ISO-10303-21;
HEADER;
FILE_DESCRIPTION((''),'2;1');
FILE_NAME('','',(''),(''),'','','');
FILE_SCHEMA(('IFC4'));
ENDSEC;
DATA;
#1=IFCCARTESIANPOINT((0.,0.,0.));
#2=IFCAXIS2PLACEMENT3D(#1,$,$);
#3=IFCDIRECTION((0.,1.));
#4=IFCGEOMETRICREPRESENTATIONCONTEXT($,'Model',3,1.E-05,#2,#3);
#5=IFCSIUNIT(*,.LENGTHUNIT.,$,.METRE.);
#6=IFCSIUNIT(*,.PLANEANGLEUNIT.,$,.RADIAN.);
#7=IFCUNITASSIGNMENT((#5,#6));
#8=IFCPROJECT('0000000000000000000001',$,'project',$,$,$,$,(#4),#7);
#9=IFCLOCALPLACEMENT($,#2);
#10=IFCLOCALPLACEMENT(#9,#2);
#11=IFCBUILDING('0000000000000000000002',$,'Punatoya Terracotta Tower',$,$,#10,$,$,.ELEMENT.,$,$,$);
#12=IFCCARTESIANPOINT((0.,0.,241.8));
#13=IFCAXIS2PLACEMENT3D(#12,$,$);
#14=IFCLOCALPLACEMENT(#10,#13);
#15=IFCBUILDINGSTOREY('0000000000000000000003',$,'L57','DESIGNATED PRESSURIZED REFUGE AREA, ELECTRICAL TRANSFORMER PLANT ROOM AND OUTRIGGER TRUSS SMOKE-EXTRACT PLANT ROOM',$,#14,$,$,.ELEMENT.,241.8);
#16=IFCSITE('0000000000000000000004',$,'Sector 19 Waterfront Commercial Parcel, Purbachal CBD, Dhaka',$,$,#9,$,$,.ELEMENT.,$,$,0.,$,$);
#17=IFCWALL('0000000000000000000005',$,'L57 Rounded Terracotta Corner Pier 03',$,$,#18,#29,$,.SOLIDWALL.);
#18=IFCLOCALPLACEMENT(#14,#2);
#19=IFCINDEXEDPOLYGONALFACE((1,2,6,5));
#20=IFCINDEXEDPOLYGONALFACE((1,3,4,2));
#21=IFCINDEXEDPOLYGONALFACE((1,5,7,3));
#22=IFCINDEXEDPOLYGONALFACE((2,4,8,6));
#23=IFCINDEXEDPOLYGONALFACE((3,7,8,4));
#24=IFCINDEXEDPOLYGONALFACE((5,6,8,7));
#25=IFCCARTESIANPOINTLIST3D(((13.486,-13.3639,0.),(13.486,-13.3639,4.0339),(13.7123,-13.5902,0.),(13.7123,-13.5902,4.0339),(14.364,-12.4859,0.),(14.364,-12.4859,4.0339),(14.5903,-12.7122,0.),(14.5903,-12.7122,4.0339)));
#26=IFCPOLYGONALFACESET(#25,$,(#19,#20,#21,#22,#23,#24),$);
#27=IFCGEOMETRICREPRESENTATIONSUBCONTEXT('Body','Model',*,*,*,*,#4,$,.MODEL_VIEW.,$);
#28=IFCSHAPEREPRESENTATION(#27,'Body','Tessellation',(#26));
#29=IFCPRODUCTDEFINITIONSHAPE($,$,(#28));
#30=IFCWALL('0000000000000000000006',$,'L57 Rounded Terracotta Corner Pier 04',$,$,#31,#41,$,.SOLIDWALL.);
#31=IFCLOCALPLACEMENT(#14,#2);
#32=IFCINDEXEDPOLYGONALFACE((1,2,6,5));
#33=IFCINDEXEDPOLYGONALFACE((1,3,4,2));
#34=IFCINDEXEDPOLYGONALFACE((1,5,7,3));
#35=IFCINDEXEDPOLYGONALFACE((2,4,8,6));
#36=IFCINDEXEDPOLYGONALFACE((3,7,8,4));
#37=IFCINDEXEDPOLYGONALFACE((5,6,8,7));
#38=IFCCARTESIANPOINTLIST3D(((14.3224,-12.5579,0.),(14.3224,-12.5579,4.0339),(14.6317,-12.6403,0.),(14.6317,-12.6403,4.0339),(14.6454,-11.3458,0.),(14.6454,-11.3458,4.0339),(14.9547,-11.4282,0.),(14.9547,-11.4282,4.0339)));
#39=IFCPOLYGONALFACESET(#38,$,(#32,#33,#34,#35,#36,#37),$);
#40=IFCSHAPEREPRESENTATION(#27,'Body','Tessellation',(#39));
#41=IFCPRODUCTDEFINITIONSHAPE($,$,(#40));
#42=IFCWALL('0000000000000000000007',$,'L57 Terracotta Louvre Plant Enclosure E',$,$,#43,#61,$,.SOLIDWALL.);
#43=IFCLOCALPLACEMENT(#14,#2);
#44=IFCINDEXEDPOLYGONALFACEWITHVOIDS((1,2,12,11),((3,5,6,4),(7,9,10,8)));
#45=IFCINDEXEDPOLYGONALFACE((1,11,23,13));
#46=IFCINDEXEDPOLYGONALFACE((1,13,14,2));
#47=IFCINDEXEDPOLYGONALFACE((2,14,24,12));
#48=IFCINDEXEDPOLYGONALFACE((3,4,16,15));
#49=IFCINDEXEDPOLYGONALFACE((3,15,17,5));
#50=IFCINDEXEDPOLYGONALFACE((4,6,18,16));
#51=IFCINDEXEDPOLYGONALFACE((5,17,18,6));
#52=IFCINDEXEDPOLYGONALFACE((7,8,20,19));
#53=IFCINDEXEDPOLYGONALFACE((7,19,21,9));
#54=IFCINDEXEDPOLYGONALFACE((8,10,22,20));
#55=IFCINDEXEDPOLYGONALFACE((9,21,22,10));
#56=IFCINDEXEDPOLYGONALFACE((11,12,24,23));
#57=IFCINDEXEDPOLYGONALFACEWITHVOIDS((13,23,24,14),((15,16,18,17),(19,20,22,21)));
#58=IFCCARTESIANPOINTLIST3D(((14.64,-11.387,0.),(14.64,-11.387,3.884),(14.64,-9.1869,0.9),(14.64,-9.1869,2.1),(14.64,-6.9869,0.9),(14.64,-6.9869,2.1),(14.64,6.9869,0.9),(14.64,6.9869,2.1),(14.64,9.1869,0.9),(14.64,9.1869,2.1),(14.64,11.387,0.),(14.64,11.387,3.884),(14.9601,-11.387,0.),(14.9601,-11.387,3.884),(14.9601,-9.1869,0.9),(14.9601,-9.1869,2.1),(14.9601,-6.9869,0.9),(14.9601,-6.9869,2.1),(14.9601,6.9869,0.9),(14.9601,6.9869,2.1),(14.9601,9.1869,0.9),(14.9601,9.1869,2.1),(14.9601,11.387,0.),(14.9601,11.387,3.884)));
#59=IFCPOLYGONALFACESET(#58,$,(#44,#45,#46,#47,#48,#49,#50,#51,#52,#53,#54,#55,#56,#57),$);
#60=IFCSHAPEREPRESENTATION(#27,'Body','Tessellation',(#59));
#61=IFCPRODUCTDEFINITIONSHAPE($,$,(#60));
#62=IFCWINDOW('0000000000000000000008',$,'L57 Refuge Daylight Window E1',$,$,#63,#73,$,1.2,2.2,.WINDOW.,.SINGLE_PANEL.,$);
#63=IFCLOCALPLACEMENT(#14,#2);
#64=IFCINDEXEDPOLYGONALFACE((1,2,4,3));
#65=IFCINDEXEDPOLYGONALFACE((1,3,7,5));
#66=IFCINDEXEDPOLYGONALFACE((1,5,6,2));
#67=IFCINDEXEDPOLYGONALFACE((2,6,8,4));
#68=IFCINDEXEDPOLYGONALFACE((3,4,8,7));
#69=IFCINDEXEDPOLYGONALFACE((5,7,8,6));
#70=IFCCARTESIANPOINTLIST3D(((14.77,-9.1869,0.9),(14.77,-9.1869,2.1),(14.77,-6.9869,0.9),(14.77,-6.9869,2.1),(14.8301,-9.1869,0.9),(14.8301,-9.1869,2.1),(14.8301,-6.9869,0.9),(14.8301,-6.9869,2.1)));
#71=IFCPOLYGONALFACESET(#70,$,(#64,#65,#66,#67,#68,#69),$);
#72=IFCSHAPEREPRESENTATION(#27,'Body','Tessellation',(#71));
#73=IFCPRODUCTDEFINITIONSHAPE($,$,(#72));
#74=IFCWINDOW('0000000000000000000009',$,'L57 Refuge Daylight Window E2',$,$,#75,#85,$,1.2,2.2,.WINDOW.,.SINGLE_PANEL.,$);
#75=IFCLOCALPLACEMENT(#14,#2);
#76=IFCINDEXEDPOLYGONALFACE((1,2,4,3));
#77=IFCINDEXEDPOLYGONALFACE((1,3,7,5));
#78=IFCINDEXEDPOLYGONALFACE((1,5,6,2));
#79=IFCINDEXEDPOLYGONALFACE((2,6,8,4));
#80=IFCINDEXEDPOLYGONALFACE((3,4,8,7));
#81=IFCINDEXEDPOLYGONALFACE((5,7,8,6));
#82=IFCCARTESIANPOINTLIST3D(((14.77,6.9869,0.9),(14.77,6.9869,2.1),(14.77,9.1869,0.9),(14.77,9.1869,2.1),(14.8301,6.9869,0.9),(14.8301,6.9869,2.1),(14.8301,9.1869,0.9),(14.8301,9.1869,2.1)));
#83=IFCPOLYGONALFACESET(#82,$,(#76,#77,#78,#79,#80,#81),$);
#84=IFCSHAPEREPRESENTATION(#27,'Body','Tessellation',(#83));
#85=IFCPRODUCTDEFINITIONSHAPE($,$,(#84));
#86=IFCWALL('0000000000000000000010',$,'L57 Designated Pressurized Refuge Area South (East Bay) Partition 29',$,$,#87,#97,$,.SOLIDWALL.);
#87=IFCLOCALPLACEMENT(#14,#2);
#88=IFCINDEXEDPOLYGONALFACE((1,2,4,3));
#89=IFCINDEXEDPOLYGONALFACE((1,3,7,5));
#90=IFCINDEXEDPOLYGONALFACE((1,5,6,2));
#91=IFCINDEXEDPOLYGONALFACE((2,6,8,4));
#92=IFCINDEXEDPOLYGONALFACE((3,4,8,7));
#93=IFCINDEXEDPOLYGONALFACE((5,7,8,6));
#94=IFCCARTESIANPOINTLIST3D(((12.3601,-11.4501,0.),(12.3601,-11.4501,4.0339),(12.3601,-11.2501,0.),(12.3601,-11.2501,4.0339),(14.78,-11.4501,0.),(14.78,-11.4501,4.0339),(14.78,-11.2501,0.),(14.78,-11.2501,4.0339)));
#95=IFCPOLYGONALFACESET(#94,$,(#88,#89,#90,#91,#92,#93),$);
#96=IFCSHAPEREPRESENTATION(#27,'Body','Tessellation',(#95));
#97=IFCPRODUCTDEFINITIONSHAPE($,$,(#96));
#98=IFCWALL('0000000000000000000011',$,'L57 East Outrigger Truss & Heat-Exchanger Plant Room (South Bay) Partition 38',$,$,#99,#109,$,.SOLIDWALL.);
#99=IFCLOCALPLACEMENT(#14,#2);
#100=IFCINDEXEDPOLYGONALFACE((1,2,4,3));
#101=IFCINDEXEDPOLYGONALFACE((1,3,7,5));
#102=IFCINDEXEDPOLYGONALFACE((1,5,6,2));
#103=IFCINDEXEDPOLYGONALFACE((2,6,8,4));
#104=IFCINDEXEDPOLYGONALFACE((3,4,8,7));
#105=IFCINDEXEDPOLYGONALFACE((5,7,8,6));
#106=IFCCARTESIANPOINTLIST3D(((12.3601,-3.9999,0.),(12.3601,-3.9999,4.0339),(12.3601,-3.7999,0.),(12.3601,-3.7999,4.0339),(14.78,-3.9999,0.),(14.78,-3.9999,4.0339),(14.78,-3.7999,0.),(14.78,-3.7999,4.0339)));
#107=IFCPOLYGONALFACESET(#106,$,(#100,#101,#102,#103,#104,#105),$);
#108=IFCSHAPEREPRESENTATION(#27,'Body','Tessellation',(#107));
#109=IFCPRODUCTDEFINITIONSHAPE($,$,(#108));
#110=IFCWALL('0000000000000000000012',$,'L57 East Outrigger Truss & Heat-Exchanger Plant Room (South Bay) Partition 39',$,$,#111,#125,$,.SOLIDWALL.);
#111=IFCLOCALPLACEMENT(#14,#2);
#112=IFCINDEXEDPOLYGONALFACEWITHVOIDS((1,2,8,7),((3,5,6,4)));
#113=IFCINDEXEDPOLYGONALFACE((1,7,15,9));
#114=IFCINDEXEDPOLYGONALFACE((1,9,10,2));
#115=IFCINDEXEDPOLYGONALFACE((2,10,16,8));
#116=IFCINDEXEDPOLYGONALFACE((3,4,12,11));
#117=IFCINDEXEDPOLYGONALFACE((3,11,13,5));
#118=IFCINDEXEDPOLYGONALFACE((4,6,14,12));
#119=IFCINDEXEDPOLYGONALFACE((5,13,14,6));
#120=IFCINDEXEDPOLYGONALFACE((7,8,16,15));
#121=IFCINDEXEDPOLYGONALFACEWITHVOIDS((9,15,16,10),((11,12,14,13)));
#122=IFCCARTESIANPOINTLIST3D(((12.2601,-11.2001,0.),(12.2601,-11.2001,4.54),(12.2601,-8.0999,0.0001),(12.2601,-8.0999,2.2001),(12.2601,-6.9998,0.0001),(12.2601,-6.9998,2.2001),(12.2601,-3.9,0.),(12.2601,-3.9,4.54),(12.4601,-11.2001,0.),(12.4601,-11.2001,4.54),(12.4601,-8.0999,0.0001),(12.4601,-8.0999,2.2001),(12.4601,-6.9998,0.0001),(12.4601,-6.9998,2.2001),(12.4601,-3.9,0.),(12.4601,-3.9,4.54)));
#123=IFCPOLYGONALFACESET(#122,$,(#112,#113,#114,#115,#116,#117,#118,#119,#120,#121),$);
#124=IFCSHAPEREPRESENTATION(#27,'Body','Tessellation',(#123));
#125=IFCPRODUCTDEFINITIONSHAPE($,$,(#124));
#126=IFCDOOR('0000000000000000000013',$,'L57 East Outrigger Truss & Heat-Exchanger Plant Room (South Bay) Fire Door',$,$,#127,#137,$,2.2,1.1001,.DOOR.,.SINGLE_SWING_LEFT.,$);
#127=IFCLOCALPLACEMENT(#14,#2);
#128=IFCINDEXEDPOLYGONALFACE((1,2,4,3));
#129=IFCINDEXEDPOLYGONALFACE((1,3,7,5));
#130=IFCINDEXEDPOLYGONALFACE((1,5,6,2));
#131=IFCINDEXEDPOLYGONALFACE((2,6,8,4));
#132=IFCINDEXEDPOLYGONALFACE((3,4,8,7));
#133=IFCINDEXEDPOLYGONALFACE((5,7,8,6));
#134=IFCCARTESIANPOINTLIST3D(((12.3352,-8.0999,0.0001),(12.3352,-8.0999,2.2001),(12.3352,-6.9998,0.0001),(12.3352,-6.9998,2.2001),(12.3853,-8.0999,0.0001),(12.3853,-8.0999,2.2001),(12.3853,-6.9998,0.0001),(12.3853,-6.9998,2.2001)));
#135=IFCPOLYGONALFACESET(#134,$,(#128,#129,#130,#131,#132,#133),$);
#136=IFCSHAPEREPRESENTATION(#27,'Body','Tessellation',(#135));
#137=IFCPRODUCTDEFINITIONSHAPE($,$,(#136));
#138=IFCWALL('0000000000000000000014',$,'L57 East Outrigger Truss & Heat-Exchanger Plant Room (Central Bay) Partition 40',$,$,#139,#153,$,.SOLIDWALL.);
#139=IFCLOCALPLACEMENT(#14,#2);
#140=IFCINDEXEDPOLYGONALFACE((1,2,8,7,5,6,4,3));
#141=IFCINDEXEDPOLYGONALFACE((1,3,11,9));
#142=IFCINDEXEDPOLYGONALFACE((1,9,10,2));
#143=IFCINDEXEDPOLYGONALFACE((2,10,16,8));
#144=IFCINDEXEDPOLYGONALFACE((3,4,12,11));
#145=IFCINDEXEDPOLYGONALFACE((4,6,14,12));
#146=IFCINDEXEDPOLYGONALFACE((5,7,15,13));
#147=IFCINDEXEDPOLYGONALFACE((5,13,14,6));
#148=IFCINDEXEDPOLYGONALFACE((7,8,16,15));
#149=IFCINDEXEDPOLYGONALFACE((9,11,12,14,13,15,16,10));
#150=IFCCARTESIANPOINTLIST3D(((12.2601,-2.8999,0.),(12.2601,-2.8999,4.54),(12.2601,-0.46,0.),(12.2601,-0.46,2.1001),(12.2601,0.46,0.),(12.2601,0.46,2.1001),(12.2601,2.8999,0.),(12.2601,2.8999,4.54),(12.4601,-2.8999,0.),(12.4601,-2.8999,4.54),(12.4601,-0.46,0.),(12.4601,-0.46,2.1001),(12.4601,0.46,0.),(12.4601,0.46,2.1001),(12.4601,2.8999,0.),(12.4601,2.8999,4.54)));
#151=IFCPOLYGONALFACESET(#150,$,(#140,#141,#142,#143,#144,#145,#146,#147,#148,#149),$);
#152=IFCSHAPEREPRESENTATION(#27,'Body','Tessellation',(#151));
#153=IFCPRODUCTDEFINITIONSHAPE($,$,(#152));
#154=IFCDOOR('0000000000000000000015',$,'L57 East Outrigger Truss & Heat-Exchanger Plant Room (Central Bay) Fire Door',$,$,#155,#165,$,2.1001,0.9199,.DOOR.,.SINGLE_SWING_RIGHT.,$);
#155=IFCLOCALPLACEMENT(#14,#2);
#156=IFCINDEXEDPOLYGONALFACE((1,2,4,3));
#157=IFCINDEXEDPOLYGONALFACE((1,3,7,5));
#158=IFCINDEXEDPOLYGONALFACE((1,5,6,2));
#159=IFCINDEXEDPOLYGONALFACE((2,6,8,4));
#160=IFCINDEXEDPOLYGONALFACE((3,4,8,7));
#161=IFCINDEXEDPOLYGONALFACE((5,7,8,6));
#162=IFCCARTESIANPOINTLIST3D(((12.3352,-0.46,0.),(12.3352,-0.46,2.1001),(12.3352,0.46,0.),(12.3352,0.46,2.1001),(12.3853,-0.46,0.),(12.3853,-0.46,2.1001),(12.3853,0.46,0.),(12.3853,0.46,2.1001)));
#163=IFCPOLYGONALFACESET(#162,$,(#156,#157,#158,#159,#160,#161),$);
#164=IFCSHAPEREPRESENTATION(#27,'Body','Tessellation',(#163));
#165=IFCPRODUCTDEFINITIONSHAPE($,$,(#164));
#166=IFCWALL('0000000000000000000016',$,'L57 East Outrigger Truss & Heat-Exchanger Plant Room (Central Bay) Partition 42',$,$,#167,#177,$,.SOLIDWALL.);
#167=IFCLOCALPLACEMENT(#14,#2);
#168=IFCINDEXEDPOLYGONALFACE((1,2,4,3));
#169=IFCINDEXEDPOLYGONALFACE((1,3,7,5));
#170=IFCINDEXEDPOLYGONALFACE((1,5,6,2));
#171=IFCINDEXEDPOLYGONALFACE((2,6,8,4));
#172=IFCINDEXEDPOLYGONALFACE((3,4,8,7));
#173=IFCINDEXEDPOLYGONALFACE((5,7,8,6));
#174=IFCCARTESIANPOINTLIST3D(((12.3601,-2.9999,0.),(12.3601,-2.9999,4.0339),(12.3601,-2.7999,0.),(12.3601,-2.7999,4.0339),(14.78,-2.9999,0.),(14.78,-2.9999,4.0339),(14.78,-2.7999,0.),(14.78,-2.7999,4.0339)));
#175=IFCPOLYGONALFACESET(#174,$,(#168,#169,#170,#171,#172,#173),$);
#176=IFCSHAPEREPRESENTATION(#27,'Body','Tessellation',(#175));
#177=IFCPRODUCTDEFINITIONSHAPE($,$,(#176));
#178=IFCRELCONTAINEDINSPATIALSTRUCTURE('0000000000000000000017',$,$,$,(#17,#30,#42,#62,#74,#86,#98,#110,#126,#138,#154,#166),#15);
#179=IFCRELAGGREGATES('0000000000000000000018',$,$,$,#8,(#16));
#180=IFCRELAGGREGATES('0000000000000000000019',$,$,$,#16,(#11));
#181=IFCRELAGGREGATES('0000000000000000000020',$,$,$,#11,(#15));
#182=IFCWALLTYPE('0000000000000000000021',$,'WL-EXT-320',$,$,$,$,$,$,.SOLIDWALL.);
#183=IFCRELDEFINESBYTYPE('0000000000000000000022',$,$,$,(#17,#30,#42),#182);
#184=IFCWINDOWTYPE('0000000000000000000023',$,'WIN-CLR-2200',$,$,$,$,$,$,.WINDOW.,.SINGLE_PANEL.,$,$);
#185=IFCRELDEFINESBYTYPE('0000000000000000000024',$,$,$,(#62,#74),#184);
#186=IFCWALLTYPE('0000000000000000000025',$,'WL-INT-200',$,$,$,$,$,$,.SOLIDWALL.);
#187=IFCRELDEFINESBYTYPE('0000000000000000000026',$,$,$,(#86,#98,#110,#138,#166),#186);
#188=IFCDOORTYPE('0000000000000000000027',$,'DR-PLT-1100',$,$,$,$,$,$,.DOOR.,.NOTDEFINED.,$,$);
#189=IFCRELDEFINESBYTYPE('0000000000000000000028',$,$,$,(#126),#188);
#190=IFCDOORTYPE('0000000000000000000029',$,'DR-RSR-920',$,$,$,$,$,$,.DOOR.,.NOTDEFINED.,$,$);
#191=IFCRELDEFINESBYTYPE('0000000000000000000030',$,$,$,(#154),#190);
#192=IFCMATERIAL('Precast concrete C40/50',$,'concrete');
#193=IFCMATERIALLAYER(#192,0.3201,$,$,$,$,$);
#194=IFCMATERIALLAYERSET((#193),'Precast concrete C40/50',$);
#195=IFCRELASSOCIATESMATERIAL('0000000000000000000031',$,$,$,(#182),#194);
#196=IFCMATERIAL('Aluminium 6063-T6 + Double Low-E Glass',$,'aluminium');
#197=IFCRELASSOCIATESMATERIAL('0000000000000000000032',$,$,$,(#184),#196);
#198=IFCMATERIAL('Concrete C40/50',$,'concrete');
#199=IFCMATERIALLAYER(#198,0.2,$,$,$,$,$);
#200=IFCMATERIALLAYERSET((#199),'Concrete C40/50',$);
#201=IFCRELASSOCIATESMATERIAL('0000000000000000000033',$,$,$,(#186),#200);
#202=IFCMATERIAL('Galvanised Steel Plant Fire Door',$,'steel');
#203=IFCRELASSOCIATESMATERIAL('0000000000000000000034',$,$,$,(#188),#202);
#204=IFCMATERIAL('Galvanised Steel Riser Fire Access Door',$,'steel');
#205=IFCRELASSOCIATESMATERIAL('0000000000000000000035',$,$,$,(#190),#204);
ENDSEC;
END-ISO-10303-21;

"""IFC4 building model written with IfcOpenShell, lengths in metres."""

from ifc_helpers import new_model, si_unit, direction, frame, frame_2d, origin, place, context, subcontext, project, spatial, rectangle, extrude, material, layer, layer_set, type_object, element, fill, save


model = new_model("IFC4")

# Units and contexts
model_context = context("Model", 3, precision=1e-05, world=origin(), true_north=direction((0.0, 1.0)))
body_context = subcontext(model_context, "Body", "Model", "MODEL_VIEW")
ifc_project = project(units=[si_unit("LENGTHUNIT", "METRE"), si_unit("PLANEANGLEUNIT", "RADIAN")], contexts=[model_context])

# Site, building, storey
site_placement = place(None, origin())
site = spatial("IfcSite", under=ifc_project, at=site_placement, Name="Sector 19 Waterfront Commercial Parcel, Purbachal CBD, Dhaka", CompositionType="ELEMENT", RefElevation=0.0)
building_placement = place(site_placement, origin())
building = spatial("IfcBuilding", under=site, at=building_placement, Name="Punatoya Terracotta Tower", CompositionType="ELEMENT")
storey_placement = place(building_placement, frame((0.0, 0.0, 241.8)))
storey = spatial("IfcBuildingStorey", under=building, at=storey_placement, Name="L57", Description="DESIGNATED PRESSURIZED REFUGE AREA, ELECTRICAL TRANSFORMER PLANT ROOM AND OUTRIGGER TRUSS SMOKE-EXTRACT PLANT ROOM", CompositionType="ELEMENT", Elevation=241.8)

# Walls
ifc_material_1 = material(Name="Precast concrete C40/50", Category="concrete")
ifc_layer_1 = layer(ifc_material_1, 0.3201)
ifc_layer_set_1 = layer_set([ifc_layer_1], Name="Precast concrete C40/50")
wall_type_1 = type_object("IfcWallType", Name="WL-EXT-320", PredefinedType="SOLIDWALL", material=ifc_layer_set_1)
wall_1_placement = place(storey_placement, frame((13.5991, -13.4771, 0.0), z_axis=(0.0, 0.0, 1.0), x_axis=(0.707107, 0.707107, 0.0)))
element("IfcWall", 1, at=wall_1_placement, inside=storey, type_object=wall_type_1, Name="L57 Rounded Terracotta Corner Pier 03", PredefinedType="SOLIDWALL", context=body_context, shape_type="SweptSolid", body=[
    extrude(rectangle(XDim=1.2417, YDim=0.3201, at=frame_2d((0.6208, 0.0))), origin(), (0.0, 0.0, 1.0), 4.0339),
])
wall_2_placement = place(storey_placement, frame((14.4771, -12.5991, 0.0), z_axis=(0.0, 0.0, 1.0), x_axis=(0.257481, 0.966283, 0.0)))
element("IfcWall", 2, at=wall_2_placement, inside=storey, type_object=wall_type_1, Name="L57 Rounded Terracotta Corner Pier 04", PredefinedType="SOLIDWALL", context=body_context, shape_type="SweptSolid", body=[
    extrude(rectangle(XDim=1.2544, YDim=0.3201, at=frame_2d((0.6272, 0.0))), origin(), (0.0, 0.0, 1.0), 4.0339),
])

# Wall, openings, windows
wall_3_placement = place(storey_placement, frame((14.8, -11.387, 0.0), z_axis=(0.0, 0.0, 1.0), x_axis=(0.0, 1.0, 0.0)))
wall_3 = element("IfcWall", 3, at=wall_3_placement, inside=storey, type_object=wall_type_1, Name="L57 Terracotta Louvre Plant Enclosure E", PredefinedType="SOLIDWALL", context=body_context, shape_type="SweptSolid", body=[
    extrude(rectangle(XDim=22.7739, YDim=0.3201, at=frame_2d((11.387, 0.0))), origin(), (0.0, 0.0, 1.0), 3.884),
])
opening_1_placement = place(wall_3_placement, frame((2.2, 0.0, 0.8999)))
opening_1 = element("IfcOpeningElement", 4, at=opening_1_placement, cuts=wall_3, PredefinedType="OPENING", context=body_context, shape_type="SweptSolid", body=[
    extrude(rectangle(XDim=2.2, YDim=1.2, at=frame_2d((1.1001, 0.6001))), frame((0.0, 0.1699, 0.0), z_axis=(0.0, -1.0, 0.0), x_axis=(1.0, 0.0, 0.0)), (0.0, 0.0, 1.0), 0.3401),
])
opening_2_placement = place(wall_3_placement, frame((18.3738, 0.0, 0.8999)))
opening_2 = element("IfcOpeningElement", 5, at=opening_2_placement, cuts=wall_3, PredefinedType="OPENING", context=body_context, shape_type="SweptSolid", body=[
    extrude(rectangle(XDim=2.2, YDim=1.2, at=frame_2d((1.1001, 0.6001))), frame((0.0, 0.1699, 0.0), z_axis=(0.0, -1.0, 0.0), x_axis=(1.0, 0.0, 0.0)), (0.0, 0.0, 1.0), 0.3401),
])
ifc_material_2 = material(Name="Aluminium 6063-T6 + Double Low-E Glass", Category="aluminium")
window_type = type_object("IfcWindowType", Name="WIN-CLR-2200", PartitioningType="SINGLE_PANEL", PredefinedType="WINDOW", material=ifc_material_2)
window_1_placement = place(opening_1_placement, origin())
window_1 = element("IfcWindow", 6, at=window_1_placement, inside=storey, type_object=window_type, Name="L57 Refuge Daylight Window E1", OverallHeight=1.2, OverallWidth=2.2, PartitioningType="SINGLE_PANEL", PredefinedType="WINDOW", context=body_context, shape_type="SweptSolid", body=[
    extrude(rectangle(XDim=2.2, YDim=1.2, at=frame_2d((1.1001, 0.6001))), frame((0.0, 0.03, 0.0), z_axis=(0.0, -1.0, 0.0), x_axis=(1.0, 0.0, 0.0)), (0.0, 0.0, 1.0), 0.0601),
])
fill(opening_1, window_1)
window_2_placement = place(opening_2_placement, origin())
window_2 = element("IfcWindow", 7, at=window_2_placement, inside=storey, type_object=window_type, Name="L57 Refuge Daylight Window E2", OverallHeight=1.2, OverallWidth=2.2, PartitioningType="SINGLE_PANEL", PredefinedType="WINDOW", context=body_context, shape_type="SweptSolid", body=[
    extrude(rectangle(XDim=2.2, YDim=1.2, at=frame_2d((1.1001, 0.6001))), frame((0.0, 0.03, 0.0), z_axis=(0.0, -1.0, 0.0), x_axis=(1.0, 0.0, 0.0)), (0.0, 0.0, 1.0), 0.0601),
])
fill(opening_2, window_2)

# Walls
ifc_material_3 = material(Name="Concrete C40/50", Category="concrete")
ifc_layer_2 = layer(ifc_material_3, 0.2)
ifc_layer_set_2 = layer_set([ifc_layer_2], Name="Concrete C40/50")
wall_type_2 = type_object("IfcWallType", Name="WL-INT-200", PredefinedType="SOLIDWALL", material=ifc_layer_set_2)
for number, where, z_axis, x_axis, name in (
    (8, (12.3601, -11.3501, 0.0), (0.0, 0.0, 1.0), (1.0, 0.0, 0.0), "L57 Designated Pressurized Refuge Area South (East Bay) Partition 29"),
    (9, (12.3601, -3.8999, 0.0), (0.0, 0.0, 1.0), (1.0, 0.0, 0.0), "L57 East Outrigger Truss & Heat-Exchanger Plant Room (South Bay) Partition 38"),
):
    element("IfcWall", number, at=place(storey_placement, frame(where, z_axis=z_axis, x_axis=x_axis)), inside=storey, type_object=wall_type_2, Name=name, PredefinedType="SOLIDWALL", context=body_context, shape_type="SweptSolid", body=[
        extrude(rectangle(XDim=2.4199, YDim=0.2, at=frame_2d((1.21, 0.0))), origin(), (0.0, 0.0, 1.0), 4.0339),
    ])

# Walls, openings, doors
wall_4_placement = place(storey_placement, frame((12.3601, -11.2, 0.0), z_axis=(0.0, 0.0, 1.0), x_axis=(0.0, 1.0, 0.0)))
wall_4 = element("IfcWall", 10, at=wall_4_placement, inside=storey, type_object=wall_type_2, Name="L57 East Outrigger Truss & Heat-Exchanger Plant Room (South Bay) Partition 39", PredefinedType="SOLIDWALL", context=body_context, shape_type="SweptSolid", body=[
    extrude(rectangle(XDim=7.3, YDim=0.2, at=frame_2d((3.6499, 0.0))), origin(), (0.0, 0.0, 1.0), 4.54),
])
opening_3_placement = place(wall_4_placement, frame((3.1001, 0.0, 0.0)))
opening_3 = element("IfcOpeningElement", 11, at=opening_3_placement, cuts=wall_4, PredefinedType="OPENING", context=body_context, shape_type="SweptSolid", body=[
    extrude(rectangle(XDim=1.1001, YDim=2.2, at=frame_2d((0.55, 1.1001))), frame((0.0, 0.1099, 0.0), z_axis=(0.0, -1.0, 0.0), x_axis=(1.0, 0.0, 0.0)), (0.0, 0.0, 1.0), 0.22),
])
ifc_material_4 = material(Name="Galvanised Steel Plant Fire Door", Category="steel")
door_type_1 = type_object("IfcDoorType", Name="DR-PLT-1100", OperationType="NOTDEFINED", PredefinedType="DOOR", material=ifc_material_4)
door_1_placement = place(opening_3_placement, origin())
door_1 = element("IfcDoor", 12, at=door_1_placement, inside=storey, type_object=door_type_1, Name="L57 East Outrigger Truss & Heat-Exchanger Plant Room (South Bay) Fire Door", OperationType="SINGLE_SWING_LEFT", OverallHeight=2.2, OverallWidth=1.1001, PredefinedType="DOOR", context=body_context, shape_type="SweptSolid", body=[
    extrude(rectangle(XDim=1.1001, YDim=2.2, at=frame_2d((0.55, 1.1001))), frame((0.0, 0.0249, 0.0), z_axis=(0.0, -1.0, 0.0), x_axis=(1.0, 0.0, 0.0)), (0.0, 0.0, 1.0), 0.05),
])
fill(opening_3, door_1)
wall_5_placement = place(storey_placement, frame((12.3601, -2.8999, 0.0), z_axis=(0.0, 0.0, 1.0), x_axis=(0.0, 1.0, 0.0)))
wall_5 = element("IfcWall", 13, at=wall_5_placement, inside=storey, type_object=wall_type_2, Name="L57 East Outrigger Truss & Heat-Exchanger Plant Room (Central Bay) Partition 40", PredefinedType="SOLIDWALL", context=body_context, shape_type="SweptSolid", body=[
    extrude(rectangle(XDim=5.7998, YDim=0.2, at=frame_2d((2.8999, 0.0))), origin(), (0.0, 0.0, 1.0), 4.54),
])
opening_4_placement = place(wall_5_placement, frame((2.4399, 0.0, 0.0)))
opening_4 = element("IfcOpeningElement", 14, at=opening_4_placement, cuts=wall_5, PredefinedType="OPENING", context=body_context, shape_type="SweptSolid", body=[
    extrude(rectangle(XDim=0.9199, YDim=2.1001, at=frame_2d((0.46, 1.05))), frame((0.0, 0.1099, 0.0), z_axis=(0.0, -1.0, 0.0), x_axis=(1.0, 0.0, 0.0)), (0.0, 0.0, 1.0), 0.22),
])
ifc_material_5 = material(Name="Galvanised Steel Riser Fire Access Door", Category="steel")
door_type_2 = type_object("IfcDoorType", Name="DR-RSR-920", OperationType="NOTDEFINED", PredefinedType="DOOR", material=ifc_material_5)
door_2_placement = place(opening_4_placement, origin())
door_2 = element("IfcDoor", 15, at=door_2_placement, inside=storey, type_object=door_type_2, Name="L57 East Outrigger Truss & Heat-Exchanger Plant Room (Central Bay) Fire Door", OperationType="SINGLE_SWING_RIGHT", OverallHeight=2.1001, OverallWidth=0.9199, PredefinedType="DOOR", context=body_context, shape_type="SweptSolid", body=[
    extrude(rectangle(XDim=0.9199, YDim=2.1001, at=frame_2d((0.46, 1.05))), frame((0.0, 0.0249, 0.0), z_axis=(0.0, -1.0, 0.0), x_axis=(1.0, 0.0, 0.0)), (0.0, 0.0, 1.0), 0.05),
])
fill(opening_4, door_2)

# Wall
wall_6_placement = place(storey_placement, frame((14.78, -2.8999, 0.0), z_axis=(0.0, 0.0, 1.0), x_axis=(-1.0, 0.0, 0.0)))
element("IfcWall", 16, at=wall_6_placement, inside=storey, type_object=wall_type_2, Name="L57 East Outrigger Truss & Heat-Exchanger Plant Room (Central Bay) Partition 42", PredefinedType="SOLIDWALL", context=body_context, shape_type="SweptSolid", body=[
    extrude(rectangle(XDim=2.4199, YDim=0.2, at=frame_2d((1.21, 0.0))), origin(), (0.0, 0.0, 1.0), 4.0339),
])

save(model, "model.ifc")
